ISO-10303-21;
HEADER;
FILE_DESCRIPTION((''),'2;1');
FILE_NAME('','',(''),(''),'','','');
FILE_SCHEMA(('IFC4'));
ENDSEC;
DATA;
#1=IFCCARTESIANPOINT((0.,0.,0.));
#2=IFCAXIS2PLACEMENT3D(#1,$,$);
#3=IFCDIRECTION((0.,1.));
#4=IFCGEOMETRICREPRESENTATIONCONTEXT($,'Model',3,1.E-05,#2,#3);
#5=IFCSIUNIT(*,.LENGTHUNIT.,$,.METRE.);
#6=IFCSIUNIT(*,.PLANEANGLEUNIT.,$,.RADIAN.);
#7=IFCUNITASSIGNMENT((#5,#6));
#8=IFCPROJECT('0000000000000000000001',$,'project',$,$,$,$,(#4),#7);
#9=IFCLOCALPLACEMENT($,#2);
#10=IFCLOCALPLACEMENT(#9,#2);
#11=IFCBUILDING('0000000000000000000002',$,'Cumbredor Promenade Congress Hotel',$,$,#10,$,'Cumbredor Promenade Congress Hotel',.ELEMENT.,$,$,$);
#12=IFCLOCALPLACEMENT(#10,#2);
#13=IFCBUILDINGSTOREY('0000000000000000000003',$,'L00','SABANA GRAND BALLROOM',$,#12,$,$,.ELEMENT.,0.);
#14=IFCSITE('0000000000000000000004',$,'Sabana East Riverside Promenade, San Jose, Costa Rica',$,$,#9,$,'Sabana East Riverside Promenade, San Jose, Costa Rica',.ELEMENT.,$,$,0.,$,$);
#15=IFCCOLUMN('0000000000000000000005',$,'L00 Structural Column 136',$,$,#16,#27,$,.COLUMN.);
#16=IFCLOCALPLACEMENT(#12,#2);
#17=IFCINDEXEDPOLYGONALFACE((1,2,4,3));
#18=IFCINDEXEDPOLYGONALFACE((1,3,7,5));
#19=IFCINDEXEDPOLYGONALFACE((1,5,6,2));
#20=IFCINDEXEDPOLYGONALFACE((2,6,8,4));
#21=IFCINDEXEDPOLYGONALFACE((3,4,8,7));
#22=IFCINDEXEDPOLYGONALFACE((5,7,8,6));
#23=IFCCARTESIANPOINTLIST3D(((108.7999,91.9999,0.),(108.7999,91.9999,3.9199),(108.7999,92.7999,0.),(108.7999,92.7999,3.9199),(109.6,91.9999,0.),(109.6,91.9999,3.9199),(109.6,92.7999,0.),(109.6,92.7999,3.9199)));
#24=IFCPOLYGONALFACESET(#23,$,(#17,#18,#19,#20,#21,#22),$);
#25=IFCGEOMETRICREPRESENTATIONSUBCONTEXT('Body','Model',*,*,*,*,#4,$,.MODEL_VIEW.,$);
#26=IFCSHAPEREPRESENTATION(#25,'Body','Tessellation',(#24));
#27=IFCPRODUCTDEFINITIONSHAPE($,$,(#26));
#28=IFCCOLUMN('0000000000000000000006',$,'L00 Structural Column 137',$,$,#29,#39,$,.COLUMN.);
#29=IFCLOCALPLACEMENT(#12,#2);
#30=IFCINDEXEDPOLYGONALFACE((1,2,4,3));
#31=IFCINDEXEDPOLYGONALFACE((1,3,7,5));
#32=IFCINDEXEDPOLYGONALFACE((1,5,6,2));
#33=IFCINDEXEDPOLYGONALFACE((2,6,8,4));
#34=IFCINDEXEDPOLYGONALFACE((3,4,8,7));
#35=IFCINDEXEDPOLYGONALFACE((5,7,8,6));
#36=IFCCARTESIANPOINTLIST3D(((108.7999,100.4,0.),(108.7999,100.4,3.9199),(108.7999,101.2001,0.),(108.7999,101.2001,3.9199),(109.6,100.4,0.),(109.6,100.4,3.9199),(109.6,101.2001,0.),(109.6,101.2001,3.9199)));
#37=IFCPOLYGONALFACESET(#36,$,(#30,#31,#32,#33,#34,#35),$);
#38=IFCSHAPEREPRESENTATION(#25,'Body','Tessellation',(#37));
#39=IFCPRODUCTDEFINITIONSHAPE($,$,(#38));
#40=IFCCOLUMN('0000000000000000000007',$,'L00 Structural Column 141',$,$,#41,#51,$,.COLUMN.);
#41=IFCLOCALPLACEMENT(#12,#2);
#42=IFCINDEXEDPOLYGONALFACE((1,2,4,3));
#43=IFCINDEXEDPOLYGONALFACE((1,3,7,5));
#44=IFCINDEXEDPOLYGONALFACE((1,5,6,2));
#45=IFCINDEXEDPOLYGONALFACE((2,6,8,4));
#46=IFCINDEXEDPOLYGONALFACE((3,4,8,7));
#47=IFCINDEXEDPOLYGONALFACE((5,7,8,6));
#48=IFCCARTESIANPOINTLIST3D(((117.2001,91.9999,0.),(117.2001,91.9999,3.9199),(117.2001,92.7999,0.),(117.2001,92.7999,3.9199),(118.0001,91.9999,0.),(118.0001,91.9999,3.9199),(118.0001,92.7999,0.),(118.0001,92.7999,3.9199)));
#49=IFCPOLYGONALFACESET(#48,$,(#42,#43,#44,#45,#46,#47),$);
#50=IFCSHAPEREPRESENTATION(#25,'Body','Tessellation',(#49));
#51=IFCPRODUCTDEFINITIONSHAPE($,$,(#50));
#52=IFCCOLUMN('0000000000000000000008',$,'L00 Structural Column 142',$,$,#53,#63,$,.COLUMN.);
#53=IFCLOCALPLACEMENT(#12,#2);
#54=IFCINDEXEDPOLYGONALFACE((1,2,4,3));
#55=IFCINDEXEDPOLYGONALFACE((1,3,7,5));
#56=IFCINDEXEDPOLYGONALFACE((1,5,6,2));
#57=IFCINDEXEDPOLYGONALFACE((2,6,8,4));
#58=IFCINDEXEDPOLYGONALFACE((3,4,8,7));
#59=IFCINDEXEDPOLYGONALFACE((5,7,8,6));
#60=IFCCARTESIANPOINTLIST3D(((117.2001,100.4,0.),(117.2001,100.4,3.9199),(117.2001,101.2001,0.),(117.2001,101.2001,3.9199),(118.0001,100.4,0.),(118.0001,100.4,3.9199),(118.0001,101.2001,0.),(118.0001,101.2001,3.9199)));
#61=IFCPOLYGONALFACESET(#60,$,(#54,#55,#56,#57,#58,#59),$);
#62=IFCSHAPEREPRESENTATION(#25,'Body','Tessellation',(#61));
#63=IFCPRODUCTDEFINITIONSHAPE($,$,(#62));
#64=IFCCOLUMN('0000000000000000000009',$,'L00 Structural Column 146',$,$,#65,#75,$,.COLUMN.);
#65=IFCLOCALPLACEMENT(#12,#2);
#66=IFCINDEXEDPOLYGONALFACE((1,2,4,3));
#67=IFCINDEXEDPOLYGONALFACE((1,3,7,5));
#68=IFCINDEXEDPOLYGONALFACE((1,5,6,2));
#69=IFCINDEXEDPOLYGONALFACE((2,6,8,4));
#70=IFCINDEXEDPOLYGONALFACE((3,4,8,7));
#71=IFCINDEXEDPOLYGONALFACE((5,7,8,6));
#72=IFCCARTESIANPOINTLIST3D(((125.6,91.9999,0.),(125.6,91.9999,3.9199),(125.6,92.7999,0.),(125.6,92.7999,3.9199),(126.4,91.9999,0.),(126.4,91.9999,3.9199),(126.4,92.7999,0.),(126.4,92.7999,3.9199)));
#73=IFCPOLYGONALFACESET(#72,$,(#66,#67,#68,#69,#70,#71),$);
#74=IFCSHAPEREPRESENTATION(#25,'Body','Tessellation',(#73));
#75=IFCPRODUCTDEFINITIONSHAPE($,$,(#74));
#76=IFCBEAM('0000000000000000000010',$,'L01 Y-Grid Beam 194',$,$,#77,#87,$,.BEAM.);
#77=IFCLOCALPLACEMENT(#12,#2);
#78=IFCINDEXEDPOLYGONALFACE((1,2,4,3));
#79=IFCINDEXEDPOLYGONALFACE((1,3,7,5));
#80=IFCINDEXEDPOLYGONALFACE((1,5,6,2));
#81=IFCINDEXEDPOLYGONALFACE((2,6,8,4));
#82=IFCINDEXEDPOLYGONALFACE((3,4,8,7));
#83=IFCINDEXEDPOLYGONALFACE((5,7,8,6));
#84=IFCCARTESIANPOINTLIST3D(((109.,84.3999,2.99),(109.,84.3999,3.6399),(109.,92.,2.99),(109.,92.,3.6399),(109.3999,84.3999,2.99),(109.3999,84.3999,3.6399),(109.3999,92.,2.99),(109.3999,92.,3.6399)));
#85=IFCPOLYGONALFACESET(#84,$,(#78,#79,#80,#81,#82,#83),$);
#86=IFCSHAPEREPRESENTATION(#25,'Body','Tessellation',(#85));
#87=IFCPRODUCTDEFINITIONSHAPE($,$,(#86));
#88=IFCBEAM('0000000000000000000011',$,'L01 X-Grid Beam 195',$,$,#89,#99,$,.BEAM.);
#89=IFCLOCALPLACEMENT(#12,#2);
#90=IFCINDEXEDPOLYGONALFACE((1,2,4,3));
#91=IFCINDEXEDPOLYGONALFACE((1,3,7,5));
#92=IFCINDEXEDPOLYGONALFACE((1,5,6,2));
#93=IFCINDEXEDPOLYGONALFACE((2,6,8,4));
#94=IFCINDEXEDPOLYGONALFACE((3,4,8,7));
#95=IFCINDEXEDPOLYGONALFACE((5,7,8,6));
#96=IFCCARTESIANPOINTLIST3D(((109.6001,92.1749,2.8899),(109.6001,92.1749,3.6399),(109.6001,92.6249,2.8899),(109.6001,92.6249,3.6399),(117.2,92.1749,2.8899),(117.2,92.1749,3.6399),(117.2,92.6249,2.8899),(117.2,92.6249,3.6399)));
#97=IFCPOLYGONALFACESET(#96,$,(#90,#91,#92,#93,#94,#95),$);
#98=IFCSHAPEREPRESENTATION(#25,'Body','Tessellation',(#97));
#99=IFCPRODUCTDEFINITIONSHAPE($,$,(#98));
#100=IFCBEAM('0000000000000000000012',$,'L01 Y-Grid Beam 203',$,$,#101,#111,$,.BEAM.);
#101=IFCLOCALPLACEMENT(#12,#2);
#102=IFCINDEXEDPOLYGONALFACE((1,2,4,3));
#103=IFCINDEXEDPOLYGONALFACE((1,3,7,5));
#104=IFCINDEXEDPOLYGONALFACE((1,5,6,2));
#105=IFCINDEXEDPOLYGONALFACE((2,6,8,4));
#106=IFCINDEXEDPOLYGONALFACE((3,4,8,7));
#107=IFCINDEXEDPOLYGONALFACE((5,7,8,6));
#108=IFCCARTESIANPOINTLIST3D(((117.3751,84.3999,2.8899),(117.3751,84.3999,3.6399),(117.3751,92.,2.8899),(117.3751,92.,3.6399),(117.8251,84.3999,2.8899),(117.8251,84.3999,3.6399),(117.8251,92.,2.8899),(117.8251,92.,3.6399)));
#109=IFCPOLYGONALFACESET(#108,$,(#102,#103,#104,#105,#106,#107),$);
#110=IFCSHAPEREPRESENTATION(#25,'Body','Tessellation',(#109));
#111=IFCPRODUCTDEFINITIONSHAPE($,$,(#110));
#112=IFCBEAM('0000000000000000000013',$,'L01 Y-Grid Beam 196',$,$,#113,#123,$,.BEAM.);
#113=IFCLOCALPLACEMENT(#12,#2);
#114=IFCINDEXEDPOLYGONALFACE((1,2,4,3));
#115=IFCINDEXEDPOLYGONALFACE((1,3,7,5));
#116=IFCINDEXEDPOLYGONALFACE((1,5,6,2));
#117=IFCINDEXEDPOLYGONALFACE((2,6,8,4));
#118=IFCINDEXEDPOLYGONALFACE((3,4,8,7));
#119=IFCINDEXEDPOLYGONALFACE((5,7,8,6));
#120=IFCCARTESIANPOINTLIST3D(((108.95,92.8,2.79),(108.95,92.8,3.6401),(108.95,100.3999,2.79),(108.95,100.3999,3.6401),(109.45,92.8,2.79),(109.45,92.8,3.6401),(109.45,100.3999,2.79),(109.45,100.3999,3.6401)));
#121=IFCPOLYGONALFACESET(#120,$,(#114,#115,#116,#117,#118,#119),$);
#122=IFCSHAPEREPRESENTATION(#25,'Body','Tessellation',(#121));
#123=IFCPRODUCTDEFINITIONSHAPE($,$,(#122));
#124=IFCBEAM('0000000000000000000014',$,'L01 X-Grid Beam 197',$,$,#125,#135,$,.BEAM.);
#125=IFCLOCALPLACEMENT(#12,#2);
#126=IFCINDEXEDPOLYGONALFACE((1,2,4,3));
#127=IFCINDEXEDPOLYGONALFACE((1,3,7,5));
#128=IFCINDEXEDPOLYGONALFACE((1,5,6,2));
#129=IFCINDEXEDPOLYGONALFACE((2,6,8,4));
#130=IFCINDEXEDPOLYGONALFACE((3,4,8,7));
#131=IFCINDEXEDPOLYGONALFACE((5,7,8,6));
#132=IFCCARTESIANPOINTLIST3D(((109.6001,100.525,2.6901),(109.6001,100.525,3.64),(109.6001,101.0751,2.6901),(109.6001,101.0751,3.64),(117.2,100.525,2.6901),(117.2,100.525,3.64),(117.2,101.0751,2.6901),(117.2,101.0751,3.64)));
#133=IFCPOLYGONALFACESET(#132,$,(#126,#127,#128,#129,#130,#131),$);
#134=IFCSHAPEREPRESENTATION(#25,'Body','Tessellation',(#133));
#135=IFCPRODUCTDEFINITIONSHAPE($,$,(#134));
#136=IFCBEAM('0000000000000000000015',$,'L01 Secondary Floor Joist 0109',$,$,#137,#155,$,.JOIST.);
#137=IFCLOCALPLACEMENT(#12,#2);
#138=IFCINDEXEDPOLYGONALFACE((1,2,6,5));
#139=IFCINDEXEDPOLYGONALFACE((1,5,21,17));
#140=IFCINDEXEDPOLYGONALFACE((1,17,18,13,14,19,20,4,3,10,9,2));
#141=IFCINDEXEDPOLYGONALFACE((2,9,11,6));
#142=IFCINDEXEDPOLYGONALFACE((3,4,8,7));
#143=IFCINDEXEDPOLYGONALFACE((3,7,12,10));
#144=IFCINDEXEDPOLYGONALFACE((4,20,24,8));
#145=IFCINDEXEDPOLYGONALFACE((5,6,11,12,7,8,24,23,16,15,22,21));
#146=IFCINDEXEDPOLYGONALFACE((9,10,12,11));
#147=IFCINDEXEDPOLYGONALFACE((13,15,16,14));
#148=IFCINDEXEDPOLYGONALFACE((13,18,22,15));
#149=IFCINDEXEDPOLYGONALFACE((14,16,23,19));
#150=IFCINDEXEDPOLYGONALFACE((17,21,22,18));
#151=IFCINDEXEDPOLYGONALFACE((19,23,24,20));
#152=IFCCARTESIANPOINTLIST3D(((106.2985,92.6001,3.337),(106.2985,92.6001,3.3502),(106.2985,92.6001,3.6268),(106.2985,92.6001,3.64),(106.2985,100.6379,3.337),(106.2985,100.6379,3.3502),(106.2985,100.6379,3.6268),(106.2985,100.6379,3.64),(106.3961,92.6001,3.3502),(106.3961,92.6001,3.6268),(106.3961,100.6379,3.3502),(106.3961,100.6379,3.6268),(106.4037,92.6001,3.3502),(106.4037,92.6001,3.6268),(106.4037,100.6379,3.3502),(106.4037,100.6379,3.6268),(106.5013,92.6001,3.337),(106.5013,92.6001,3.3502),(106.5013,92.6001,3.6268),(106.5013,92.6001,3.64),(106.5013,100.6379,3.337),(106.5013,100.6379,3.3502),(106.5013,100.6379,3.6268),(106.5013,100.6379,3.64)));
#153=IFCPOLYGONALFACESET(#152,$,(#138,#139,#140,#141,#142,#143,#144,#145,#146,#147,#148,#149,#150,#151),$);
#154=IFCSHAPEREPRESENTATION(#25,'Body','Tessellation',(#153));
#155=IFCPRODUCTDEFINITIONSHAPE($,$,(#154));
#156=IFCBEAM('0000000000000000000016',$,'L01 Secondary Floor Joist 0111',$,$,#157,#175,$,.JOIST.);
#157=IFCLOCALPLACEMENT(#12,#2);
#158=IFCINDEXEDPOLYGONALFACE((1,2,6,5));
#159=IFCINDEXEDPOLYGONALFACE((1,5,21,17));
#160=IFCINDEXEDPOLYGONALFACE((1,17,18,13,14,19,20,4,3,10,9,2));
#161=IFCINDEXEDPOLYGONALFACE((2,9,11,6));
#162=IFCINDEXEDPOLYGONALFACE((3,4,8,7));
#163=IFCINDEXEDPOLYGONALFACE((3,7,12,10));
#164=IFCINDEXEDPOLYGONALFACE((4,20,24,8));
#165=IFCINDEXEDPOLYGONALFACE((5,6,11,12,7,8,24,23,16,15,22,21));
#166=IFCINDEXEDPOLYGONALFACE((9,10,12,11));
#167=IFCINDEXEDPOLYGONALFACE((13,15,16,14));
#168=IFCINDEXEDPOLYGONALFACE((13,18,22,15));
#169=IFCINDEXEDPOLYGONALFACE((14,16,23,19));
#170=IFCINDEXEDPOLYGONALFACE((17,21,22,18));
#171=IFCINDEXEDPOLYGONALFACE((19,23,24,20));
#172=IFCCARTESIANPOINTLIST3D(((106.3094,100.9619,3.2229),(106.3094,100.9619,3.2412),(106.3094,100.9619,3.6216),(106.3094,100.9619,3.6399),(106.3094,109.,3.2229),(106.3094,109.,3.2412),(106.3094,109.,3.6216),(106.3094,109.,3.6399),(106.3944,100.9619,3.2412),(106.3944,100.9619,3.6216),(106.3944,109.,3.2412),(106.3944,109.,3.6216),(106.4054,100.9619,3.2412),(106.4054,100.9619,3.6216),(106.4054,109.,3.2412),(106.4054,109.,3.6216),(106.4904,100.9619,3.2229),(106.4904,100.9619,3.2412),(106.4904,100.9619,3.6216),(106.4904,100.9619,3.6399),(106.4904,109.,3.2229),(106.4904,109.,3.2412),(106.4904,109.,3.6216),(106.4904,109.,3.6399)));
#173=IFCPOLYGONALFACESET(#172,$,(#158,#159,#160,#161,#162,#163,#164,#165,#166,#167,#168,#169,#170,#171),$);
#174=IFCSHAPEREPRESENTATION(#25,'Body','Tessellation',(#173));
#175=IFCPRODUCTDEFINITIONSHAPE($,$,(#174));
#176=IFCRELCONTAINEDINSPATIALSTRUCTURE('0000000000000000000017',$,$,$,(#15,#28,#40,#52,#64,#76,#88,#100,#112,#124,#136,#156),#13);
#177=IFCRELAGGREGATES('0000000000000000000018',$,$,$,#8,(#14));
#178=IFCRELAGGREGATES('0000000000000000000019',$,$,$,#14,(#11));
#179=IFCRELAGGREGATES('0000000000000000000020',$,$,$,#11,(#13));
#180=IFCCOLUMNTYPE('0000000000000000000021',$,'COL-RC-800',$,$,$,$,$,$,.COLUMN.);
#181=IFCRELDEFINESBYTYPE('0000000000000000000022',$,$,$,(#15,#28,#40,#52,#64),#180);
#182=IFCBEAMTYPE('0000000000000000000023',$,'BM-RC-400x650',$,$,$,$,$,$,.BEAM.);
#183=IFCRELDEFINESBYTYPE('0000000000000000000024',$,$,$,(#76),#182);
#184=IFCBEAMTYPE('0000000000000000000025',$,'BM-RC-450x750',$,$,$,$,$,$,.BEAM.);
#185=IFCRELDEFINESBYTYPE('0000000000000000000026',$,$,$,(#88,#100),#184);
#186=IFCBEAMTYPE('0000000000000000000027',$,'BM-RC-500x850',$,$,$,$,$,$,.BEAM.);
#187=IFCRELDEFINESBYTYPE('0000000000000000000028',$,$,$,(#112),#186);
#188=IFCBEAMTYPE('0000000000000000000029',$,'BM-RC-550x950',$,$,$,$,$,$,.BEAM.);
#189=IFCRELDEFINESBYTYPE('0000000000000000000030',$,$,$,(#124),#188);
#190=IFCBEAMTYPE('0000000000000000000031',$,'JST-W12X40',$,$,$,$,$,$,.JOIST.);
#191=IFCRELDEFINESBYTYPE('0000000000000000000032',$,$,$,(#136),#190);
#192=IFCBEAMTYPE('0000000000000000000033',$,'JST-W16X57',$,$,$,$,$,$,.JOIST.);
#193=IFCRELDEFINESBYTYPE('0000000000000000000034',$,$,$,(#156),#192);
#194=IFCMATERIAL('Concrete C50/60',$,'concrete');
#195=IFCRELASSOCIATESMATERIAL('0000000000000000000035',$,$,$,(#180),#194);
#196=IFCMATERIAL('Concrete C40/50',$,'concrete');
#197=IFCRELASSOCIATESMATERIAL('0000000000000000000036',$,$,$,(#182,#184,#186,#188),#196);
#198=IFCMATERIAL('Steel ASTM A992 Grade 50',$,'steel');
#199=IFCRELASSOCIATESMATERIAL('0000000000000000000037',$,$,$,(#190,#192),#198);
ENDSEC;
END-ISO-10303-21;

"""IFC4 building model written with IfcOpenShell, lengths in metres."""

from ifc_helpers import new_model, si_unit, direction, frame, origin, origin_2d, place, context, subcontext, project, spatial, rectangle, i_section, extrude, material, material_profile, profile_set, type_object, element, save


model = new_model("IFC4")

# Units and contexts
model_context = context("Model", 3, precision=1e-05, world=origin(), true_north=direction((0.0, 1.0)))
body_context = subcontext(model_context, "Body", "Model", "MODEL_VIEW")
ifc_project = project(units=[si_unit("LENGTHUNIT", "METRE"), si_unit("PLANEANGLEUNIT", "RADIAN")], contexts=[model_context])

# Site, building, storey
site_placement = place(None, origin())
site = spatial("IfcSite", under=ifc_project, at=site_placement, Name="Sabana East Riverside Promenade, San Jose, Costa Rica", LongName="Sabana East Riverside Promenade, San Jose, Costa Rica", CompositionType="ELEMENT", RefElevation=0.0)
building_placement = place(site_placement, origin())
building = spatial("IfcBuilding", under=site, at=building_placement, Name="Cumbredor Promenade Congress Hotel", LongName="Cumbredor Promenade Congress Hotel", CompositionType="ELEMENT")
storey_placement = place(building_placement, origin())
storey = spatial("IfcBuildingStorey", under=building, at=storey_placement, Name="L00", Description="SABANA GRAND BALLROOM", CompositionType="ELEMENT", Elevation=0.0)

# Columns
ifc_material_1 = material(Name="Concrete C50/60", Category="concrete")
ifc_material_profile_1 = material_profile(ifc_material_1, rectangle(XDim=0.8, YDim=0.8, at=origin_2d()), Name="RC 800x800")
ifc_profile_set_1 = profile_set([ifc_material_profile_1], Name="Concrete C50/60")
column_type = type_object("IfcColumnType", Name="COL-RC-800", PredefinedType="COLUMN", material=ifc_profile_set_1)
for number, where, z_axis, x_axis, name in (
    (1, (109.2, 92.3999, 0.0), (0.0, 0.0, 1.0), (1.0, 0.0, 0.0), "L00 Structural Column 136"),
    (2, (109.2, 100.8, 0.0), (0.0, 0.0, 1.0), (1.0, 0.0, 0.0), "L00 Structural Column 137"),
    (3, (117.6001, 92.3999, 0.0), (0.0, 0.0, 1.0), (1.0, 0.0, 0.0), "L00 Structural Column 141"),
    (4, (117.6001, 100.8, 0.0), (0.0, 0.0, 1.0), (1.0, 0.0, 0.0), "L00 Structural Column 142"),
    (5, (126.0, 92.3999, 0.0), (0.0, 0.0, 1.0), (1.0, 0.0, 0.0), "L00 Structural Column 146"),
):
    element("IfcColumn", number, at=place(storey_placement, frame(where, z_axis=z_axis, x_axis=x_axis)), inside=storey, type_object=column_type, Name=name, PredefinedType="COLUMN", context=body_context, shape_type="SweptSolid", body=[
        extrude(rectangle(XDim=0.8, YDim=0.8, at=origin_2d()), origin(), (0.0, 0.0, 1.0), 3.9199),
    ])

# Beams
ifc_material_2 = material(Name="Concrete C40/50", Category="concrete")
ifc_material_profile_2 = material_profile(ifc_material_2, rectangle(XDim=0.3999, YDim=0.6499, at=origin_2d()), Name="RC BEAM 400x650")
ifc_profile_set_2 = profile_set([ifc_material_profile_2], Name="Concrete C40/50")
beam_type_1 = type_object("IfcBeamType", Name="BM-RC-400x650", PredefinedType="BEAM", material=ifc_profile_set_2)
beam_1_placement = place(storey_placement, frame((109.2, 84.3999, 3.3149), z_axis=(0.0, 1.0, 0.0), x_axis=(-1.0, 0.0, 0.0)))
element("IfcBeam", 6, at=beam_1_placement, inside=storey, type_object=beam_type_1, Name="L01 Y-Grid Beam 194", PredefinedType="BEAM", context=body_context, shape_type="SweptSolid", body=[
    extrude(rectangle(XDim=0.3999, YDim=0.6499, at=origin_2d()), origin(), (0.0, 0.0, 1.0), 7.6001),
])
ifc_material_profile_3 = material_profile(ifc_material_2, rectangle(XDim=0.45, YDim=0.75, at=origin_2d()), Name="RC BEAM 450x750")
ifc_profile_set_3 = profile_set([ifc_material_profile_3], Name="Concrete C40/50")
beam_type_2 = type_object("IfcBeamType", Name="BM-RC-450x750", PredefinedType="BEAM", material=ifc_profile_set_3)
beam_2_placement = place(storey_placement, frame((109.6001, 92.3999, 3.2649), z_axis=(1.0, 0.0, 0.0), x_axis=(0.0, 1.0, 0.0)))
element("IfcBeam", 7, at=beam_2_placement, inside=storey, type_object=beam_type_2, Name="L01 X-Grid Beam 195", PredefinedType="BEAM", context=body_context, shape_type="SweptSolid", body=[
    extrude(rectangle(XDim=0.45, YDim=0.75, at=origin_2d()), origin(), (0.0, 0.0, 1.0), 7.5999),
])
beam_3_placement = place(storey_placement, frame((117.6001, 84.3999, 3.2649), z_axis=(0.0, 1.0, 0.0), x_axis=(-1.0, 0.0, 0.0)))
element("IfcBeam", 8, at=beam_3_placement, inside=storey, type_object=beam_type_2, Name="L01 Y-Grid Beam 203", PredefinedType="BEAM", context=body_context, shape_type="SweptSolid", body=[
    extrude(rectangle(XDim=0.45, YDim=0.75, at=origin_2d()), origin(), (0.0, 0.0, 1.0), 7.6001),
])
ifc_material_profile_4 = material_profile(ifc_material_2, rectangle(XDim=0.5, YDim=0.8501, at=origin_2d()), Name="RC BEAM 500x850")
ifc_profile_set_4 = profile_set([ifc_material_profile_4], Name="Concrete C40/50")
beam_type_3 = type_object("IfcBeamType", Name="BM-RC-500x850", PredefinedType="BEAM", material=ifc_profile_set_4)
beam_4_placement = place(storey_placement, frame((109.2, 92.8, 3.2151), z_axis=(0.0, 1.0, 0.0), x_axis=(-1.0, 0.0, 0.0)))
element("IfcBeam", 9, at=beam_4_placement, inside=storey, type_object=beam_type_3, Name="L01 Y-Grid Beam 196", PredefinedType="BEAM", context=body_context, shape_type="SweptSolid", body=[
    extrude(rectangle(XDim=0.5, YDim=0.8501, at=origin_2d()), origin(), (0.0, 0.0, 1.0), 7.5999),
])
ifc_material_profile_5 = material_profile(ifc_material_2, rectangle(XDim=0.55, YDim=0.95, at=origin_2d()), Name="RC BEAM 550x950")
ifc_profile_set_5 = profile_set([ifc_material_profile_5], Name="Concrete C40/50")
beam_type_4 = type_object("IfcBeamType", Name="BM-RC-550x950", PredefinedType="BEAM", material=ifc_profile_set_5)
beam_5_placement = place(storey_placement, frame((109.6001, 100.8, 3.165), z_axis=(1.0, 0.0, 0.0), x_axis=(0.0, 1.0, 0.0)))
element("IfcBeam", 10, at=beam_5_placement, inside=storey, type_object=beam_type_4, Name="L01 X-Grid Beam 197", PredefinedType="BEAM", context=body_context, shape_type="SweptSolid", body=[
    extrude(rectangle(XDim=0.55, YDim=0.95, at=origin_2d()), origin(), (0.0, 0.0, 1.0), 7.5999),
])
ifc_material_3 = material(Name="Steel ASTM A992 Grade 50", Category="steel")
ifc_material_profile_6 = material_profile(ifc_material_3, i_section(OverallWidth=0.2029, OverallDepth=0.303, WebThickness=0.0076, FlangeThickness=0.0132, at=origin_2d()), Name="W12X40")
ifc_profile_set_6 = profile_set([ifc_material_profile_6], Name="Steel ASTM A992 Grade 50")
beam_type_5 = type_object("IfcBeamType", Name="JST-W12X40", PredefinedType="JOIST", material=ifc_profile_set_6)
beam_6_placement = place(storey_placement, frame((106.3999, 92.6001, 3.4885), z_axis=(0.0, 1.0, 0.0), x_axis=(-1.0, 0.0, 0.0)))
element("IfcBeam", 11, at=beam_6_placement, inside=storey, type_object=beam_type_5, Name="L01 Secondary Floor Joist 0109", PredefinedType="JOIST", context=body_context, shape_type="SweptSolid", body=[
    extrude(i_section(OverallWidth=0.2029, OverallDepth=0.303, WebThickness=0.0076, FlangeThickness=0.0132, at=origin_2d()), origin(), (0.0, 0.0, 1.0), 8.0378),
])
ifc_material_profile_7 = material_profile(ifc_material_3, i_section(OverallWidth=0.1809, OverallDepth=0.417, WebThickness=0.011, FlangeThickness=0.0183, at=origin_2d()), Name="W16X57")
ifc_profile_set_7 = profile_set([ifc_material_profile_7], Name="Steel ASTM A992 Grade 50")
beam_type_6 = type_object("IfcBeamType", Name="JST-W16X57", PredefinedType="JOIST", material=ifc_profile_set_7)
beam_7_placement = place(storey_placement, frame((106.3999, 100.9619, 3.4314), z_axis=(0.0, 1.0, 0.0), x_axis=(-1.0, 0.0, 0.0)))
element("IfcBeam", 12, at=beam_7_placement, inside=storey, type_object=beam_type_6, Name="L01 Secondary Floor Joist 0111", PredefinedType="JOIST", context=body_context, shape_type="SweptSolid", body=[
    extrude(i_section(OverallWidth=0.1809, OverallDepth=0.417, WebThickness=0.011, FlangeThickness=0.0183, at=origin_2d()), origin(), (0.0, 0.0, 1.0), 8.0381),
])

save(model, "model.ifc")
